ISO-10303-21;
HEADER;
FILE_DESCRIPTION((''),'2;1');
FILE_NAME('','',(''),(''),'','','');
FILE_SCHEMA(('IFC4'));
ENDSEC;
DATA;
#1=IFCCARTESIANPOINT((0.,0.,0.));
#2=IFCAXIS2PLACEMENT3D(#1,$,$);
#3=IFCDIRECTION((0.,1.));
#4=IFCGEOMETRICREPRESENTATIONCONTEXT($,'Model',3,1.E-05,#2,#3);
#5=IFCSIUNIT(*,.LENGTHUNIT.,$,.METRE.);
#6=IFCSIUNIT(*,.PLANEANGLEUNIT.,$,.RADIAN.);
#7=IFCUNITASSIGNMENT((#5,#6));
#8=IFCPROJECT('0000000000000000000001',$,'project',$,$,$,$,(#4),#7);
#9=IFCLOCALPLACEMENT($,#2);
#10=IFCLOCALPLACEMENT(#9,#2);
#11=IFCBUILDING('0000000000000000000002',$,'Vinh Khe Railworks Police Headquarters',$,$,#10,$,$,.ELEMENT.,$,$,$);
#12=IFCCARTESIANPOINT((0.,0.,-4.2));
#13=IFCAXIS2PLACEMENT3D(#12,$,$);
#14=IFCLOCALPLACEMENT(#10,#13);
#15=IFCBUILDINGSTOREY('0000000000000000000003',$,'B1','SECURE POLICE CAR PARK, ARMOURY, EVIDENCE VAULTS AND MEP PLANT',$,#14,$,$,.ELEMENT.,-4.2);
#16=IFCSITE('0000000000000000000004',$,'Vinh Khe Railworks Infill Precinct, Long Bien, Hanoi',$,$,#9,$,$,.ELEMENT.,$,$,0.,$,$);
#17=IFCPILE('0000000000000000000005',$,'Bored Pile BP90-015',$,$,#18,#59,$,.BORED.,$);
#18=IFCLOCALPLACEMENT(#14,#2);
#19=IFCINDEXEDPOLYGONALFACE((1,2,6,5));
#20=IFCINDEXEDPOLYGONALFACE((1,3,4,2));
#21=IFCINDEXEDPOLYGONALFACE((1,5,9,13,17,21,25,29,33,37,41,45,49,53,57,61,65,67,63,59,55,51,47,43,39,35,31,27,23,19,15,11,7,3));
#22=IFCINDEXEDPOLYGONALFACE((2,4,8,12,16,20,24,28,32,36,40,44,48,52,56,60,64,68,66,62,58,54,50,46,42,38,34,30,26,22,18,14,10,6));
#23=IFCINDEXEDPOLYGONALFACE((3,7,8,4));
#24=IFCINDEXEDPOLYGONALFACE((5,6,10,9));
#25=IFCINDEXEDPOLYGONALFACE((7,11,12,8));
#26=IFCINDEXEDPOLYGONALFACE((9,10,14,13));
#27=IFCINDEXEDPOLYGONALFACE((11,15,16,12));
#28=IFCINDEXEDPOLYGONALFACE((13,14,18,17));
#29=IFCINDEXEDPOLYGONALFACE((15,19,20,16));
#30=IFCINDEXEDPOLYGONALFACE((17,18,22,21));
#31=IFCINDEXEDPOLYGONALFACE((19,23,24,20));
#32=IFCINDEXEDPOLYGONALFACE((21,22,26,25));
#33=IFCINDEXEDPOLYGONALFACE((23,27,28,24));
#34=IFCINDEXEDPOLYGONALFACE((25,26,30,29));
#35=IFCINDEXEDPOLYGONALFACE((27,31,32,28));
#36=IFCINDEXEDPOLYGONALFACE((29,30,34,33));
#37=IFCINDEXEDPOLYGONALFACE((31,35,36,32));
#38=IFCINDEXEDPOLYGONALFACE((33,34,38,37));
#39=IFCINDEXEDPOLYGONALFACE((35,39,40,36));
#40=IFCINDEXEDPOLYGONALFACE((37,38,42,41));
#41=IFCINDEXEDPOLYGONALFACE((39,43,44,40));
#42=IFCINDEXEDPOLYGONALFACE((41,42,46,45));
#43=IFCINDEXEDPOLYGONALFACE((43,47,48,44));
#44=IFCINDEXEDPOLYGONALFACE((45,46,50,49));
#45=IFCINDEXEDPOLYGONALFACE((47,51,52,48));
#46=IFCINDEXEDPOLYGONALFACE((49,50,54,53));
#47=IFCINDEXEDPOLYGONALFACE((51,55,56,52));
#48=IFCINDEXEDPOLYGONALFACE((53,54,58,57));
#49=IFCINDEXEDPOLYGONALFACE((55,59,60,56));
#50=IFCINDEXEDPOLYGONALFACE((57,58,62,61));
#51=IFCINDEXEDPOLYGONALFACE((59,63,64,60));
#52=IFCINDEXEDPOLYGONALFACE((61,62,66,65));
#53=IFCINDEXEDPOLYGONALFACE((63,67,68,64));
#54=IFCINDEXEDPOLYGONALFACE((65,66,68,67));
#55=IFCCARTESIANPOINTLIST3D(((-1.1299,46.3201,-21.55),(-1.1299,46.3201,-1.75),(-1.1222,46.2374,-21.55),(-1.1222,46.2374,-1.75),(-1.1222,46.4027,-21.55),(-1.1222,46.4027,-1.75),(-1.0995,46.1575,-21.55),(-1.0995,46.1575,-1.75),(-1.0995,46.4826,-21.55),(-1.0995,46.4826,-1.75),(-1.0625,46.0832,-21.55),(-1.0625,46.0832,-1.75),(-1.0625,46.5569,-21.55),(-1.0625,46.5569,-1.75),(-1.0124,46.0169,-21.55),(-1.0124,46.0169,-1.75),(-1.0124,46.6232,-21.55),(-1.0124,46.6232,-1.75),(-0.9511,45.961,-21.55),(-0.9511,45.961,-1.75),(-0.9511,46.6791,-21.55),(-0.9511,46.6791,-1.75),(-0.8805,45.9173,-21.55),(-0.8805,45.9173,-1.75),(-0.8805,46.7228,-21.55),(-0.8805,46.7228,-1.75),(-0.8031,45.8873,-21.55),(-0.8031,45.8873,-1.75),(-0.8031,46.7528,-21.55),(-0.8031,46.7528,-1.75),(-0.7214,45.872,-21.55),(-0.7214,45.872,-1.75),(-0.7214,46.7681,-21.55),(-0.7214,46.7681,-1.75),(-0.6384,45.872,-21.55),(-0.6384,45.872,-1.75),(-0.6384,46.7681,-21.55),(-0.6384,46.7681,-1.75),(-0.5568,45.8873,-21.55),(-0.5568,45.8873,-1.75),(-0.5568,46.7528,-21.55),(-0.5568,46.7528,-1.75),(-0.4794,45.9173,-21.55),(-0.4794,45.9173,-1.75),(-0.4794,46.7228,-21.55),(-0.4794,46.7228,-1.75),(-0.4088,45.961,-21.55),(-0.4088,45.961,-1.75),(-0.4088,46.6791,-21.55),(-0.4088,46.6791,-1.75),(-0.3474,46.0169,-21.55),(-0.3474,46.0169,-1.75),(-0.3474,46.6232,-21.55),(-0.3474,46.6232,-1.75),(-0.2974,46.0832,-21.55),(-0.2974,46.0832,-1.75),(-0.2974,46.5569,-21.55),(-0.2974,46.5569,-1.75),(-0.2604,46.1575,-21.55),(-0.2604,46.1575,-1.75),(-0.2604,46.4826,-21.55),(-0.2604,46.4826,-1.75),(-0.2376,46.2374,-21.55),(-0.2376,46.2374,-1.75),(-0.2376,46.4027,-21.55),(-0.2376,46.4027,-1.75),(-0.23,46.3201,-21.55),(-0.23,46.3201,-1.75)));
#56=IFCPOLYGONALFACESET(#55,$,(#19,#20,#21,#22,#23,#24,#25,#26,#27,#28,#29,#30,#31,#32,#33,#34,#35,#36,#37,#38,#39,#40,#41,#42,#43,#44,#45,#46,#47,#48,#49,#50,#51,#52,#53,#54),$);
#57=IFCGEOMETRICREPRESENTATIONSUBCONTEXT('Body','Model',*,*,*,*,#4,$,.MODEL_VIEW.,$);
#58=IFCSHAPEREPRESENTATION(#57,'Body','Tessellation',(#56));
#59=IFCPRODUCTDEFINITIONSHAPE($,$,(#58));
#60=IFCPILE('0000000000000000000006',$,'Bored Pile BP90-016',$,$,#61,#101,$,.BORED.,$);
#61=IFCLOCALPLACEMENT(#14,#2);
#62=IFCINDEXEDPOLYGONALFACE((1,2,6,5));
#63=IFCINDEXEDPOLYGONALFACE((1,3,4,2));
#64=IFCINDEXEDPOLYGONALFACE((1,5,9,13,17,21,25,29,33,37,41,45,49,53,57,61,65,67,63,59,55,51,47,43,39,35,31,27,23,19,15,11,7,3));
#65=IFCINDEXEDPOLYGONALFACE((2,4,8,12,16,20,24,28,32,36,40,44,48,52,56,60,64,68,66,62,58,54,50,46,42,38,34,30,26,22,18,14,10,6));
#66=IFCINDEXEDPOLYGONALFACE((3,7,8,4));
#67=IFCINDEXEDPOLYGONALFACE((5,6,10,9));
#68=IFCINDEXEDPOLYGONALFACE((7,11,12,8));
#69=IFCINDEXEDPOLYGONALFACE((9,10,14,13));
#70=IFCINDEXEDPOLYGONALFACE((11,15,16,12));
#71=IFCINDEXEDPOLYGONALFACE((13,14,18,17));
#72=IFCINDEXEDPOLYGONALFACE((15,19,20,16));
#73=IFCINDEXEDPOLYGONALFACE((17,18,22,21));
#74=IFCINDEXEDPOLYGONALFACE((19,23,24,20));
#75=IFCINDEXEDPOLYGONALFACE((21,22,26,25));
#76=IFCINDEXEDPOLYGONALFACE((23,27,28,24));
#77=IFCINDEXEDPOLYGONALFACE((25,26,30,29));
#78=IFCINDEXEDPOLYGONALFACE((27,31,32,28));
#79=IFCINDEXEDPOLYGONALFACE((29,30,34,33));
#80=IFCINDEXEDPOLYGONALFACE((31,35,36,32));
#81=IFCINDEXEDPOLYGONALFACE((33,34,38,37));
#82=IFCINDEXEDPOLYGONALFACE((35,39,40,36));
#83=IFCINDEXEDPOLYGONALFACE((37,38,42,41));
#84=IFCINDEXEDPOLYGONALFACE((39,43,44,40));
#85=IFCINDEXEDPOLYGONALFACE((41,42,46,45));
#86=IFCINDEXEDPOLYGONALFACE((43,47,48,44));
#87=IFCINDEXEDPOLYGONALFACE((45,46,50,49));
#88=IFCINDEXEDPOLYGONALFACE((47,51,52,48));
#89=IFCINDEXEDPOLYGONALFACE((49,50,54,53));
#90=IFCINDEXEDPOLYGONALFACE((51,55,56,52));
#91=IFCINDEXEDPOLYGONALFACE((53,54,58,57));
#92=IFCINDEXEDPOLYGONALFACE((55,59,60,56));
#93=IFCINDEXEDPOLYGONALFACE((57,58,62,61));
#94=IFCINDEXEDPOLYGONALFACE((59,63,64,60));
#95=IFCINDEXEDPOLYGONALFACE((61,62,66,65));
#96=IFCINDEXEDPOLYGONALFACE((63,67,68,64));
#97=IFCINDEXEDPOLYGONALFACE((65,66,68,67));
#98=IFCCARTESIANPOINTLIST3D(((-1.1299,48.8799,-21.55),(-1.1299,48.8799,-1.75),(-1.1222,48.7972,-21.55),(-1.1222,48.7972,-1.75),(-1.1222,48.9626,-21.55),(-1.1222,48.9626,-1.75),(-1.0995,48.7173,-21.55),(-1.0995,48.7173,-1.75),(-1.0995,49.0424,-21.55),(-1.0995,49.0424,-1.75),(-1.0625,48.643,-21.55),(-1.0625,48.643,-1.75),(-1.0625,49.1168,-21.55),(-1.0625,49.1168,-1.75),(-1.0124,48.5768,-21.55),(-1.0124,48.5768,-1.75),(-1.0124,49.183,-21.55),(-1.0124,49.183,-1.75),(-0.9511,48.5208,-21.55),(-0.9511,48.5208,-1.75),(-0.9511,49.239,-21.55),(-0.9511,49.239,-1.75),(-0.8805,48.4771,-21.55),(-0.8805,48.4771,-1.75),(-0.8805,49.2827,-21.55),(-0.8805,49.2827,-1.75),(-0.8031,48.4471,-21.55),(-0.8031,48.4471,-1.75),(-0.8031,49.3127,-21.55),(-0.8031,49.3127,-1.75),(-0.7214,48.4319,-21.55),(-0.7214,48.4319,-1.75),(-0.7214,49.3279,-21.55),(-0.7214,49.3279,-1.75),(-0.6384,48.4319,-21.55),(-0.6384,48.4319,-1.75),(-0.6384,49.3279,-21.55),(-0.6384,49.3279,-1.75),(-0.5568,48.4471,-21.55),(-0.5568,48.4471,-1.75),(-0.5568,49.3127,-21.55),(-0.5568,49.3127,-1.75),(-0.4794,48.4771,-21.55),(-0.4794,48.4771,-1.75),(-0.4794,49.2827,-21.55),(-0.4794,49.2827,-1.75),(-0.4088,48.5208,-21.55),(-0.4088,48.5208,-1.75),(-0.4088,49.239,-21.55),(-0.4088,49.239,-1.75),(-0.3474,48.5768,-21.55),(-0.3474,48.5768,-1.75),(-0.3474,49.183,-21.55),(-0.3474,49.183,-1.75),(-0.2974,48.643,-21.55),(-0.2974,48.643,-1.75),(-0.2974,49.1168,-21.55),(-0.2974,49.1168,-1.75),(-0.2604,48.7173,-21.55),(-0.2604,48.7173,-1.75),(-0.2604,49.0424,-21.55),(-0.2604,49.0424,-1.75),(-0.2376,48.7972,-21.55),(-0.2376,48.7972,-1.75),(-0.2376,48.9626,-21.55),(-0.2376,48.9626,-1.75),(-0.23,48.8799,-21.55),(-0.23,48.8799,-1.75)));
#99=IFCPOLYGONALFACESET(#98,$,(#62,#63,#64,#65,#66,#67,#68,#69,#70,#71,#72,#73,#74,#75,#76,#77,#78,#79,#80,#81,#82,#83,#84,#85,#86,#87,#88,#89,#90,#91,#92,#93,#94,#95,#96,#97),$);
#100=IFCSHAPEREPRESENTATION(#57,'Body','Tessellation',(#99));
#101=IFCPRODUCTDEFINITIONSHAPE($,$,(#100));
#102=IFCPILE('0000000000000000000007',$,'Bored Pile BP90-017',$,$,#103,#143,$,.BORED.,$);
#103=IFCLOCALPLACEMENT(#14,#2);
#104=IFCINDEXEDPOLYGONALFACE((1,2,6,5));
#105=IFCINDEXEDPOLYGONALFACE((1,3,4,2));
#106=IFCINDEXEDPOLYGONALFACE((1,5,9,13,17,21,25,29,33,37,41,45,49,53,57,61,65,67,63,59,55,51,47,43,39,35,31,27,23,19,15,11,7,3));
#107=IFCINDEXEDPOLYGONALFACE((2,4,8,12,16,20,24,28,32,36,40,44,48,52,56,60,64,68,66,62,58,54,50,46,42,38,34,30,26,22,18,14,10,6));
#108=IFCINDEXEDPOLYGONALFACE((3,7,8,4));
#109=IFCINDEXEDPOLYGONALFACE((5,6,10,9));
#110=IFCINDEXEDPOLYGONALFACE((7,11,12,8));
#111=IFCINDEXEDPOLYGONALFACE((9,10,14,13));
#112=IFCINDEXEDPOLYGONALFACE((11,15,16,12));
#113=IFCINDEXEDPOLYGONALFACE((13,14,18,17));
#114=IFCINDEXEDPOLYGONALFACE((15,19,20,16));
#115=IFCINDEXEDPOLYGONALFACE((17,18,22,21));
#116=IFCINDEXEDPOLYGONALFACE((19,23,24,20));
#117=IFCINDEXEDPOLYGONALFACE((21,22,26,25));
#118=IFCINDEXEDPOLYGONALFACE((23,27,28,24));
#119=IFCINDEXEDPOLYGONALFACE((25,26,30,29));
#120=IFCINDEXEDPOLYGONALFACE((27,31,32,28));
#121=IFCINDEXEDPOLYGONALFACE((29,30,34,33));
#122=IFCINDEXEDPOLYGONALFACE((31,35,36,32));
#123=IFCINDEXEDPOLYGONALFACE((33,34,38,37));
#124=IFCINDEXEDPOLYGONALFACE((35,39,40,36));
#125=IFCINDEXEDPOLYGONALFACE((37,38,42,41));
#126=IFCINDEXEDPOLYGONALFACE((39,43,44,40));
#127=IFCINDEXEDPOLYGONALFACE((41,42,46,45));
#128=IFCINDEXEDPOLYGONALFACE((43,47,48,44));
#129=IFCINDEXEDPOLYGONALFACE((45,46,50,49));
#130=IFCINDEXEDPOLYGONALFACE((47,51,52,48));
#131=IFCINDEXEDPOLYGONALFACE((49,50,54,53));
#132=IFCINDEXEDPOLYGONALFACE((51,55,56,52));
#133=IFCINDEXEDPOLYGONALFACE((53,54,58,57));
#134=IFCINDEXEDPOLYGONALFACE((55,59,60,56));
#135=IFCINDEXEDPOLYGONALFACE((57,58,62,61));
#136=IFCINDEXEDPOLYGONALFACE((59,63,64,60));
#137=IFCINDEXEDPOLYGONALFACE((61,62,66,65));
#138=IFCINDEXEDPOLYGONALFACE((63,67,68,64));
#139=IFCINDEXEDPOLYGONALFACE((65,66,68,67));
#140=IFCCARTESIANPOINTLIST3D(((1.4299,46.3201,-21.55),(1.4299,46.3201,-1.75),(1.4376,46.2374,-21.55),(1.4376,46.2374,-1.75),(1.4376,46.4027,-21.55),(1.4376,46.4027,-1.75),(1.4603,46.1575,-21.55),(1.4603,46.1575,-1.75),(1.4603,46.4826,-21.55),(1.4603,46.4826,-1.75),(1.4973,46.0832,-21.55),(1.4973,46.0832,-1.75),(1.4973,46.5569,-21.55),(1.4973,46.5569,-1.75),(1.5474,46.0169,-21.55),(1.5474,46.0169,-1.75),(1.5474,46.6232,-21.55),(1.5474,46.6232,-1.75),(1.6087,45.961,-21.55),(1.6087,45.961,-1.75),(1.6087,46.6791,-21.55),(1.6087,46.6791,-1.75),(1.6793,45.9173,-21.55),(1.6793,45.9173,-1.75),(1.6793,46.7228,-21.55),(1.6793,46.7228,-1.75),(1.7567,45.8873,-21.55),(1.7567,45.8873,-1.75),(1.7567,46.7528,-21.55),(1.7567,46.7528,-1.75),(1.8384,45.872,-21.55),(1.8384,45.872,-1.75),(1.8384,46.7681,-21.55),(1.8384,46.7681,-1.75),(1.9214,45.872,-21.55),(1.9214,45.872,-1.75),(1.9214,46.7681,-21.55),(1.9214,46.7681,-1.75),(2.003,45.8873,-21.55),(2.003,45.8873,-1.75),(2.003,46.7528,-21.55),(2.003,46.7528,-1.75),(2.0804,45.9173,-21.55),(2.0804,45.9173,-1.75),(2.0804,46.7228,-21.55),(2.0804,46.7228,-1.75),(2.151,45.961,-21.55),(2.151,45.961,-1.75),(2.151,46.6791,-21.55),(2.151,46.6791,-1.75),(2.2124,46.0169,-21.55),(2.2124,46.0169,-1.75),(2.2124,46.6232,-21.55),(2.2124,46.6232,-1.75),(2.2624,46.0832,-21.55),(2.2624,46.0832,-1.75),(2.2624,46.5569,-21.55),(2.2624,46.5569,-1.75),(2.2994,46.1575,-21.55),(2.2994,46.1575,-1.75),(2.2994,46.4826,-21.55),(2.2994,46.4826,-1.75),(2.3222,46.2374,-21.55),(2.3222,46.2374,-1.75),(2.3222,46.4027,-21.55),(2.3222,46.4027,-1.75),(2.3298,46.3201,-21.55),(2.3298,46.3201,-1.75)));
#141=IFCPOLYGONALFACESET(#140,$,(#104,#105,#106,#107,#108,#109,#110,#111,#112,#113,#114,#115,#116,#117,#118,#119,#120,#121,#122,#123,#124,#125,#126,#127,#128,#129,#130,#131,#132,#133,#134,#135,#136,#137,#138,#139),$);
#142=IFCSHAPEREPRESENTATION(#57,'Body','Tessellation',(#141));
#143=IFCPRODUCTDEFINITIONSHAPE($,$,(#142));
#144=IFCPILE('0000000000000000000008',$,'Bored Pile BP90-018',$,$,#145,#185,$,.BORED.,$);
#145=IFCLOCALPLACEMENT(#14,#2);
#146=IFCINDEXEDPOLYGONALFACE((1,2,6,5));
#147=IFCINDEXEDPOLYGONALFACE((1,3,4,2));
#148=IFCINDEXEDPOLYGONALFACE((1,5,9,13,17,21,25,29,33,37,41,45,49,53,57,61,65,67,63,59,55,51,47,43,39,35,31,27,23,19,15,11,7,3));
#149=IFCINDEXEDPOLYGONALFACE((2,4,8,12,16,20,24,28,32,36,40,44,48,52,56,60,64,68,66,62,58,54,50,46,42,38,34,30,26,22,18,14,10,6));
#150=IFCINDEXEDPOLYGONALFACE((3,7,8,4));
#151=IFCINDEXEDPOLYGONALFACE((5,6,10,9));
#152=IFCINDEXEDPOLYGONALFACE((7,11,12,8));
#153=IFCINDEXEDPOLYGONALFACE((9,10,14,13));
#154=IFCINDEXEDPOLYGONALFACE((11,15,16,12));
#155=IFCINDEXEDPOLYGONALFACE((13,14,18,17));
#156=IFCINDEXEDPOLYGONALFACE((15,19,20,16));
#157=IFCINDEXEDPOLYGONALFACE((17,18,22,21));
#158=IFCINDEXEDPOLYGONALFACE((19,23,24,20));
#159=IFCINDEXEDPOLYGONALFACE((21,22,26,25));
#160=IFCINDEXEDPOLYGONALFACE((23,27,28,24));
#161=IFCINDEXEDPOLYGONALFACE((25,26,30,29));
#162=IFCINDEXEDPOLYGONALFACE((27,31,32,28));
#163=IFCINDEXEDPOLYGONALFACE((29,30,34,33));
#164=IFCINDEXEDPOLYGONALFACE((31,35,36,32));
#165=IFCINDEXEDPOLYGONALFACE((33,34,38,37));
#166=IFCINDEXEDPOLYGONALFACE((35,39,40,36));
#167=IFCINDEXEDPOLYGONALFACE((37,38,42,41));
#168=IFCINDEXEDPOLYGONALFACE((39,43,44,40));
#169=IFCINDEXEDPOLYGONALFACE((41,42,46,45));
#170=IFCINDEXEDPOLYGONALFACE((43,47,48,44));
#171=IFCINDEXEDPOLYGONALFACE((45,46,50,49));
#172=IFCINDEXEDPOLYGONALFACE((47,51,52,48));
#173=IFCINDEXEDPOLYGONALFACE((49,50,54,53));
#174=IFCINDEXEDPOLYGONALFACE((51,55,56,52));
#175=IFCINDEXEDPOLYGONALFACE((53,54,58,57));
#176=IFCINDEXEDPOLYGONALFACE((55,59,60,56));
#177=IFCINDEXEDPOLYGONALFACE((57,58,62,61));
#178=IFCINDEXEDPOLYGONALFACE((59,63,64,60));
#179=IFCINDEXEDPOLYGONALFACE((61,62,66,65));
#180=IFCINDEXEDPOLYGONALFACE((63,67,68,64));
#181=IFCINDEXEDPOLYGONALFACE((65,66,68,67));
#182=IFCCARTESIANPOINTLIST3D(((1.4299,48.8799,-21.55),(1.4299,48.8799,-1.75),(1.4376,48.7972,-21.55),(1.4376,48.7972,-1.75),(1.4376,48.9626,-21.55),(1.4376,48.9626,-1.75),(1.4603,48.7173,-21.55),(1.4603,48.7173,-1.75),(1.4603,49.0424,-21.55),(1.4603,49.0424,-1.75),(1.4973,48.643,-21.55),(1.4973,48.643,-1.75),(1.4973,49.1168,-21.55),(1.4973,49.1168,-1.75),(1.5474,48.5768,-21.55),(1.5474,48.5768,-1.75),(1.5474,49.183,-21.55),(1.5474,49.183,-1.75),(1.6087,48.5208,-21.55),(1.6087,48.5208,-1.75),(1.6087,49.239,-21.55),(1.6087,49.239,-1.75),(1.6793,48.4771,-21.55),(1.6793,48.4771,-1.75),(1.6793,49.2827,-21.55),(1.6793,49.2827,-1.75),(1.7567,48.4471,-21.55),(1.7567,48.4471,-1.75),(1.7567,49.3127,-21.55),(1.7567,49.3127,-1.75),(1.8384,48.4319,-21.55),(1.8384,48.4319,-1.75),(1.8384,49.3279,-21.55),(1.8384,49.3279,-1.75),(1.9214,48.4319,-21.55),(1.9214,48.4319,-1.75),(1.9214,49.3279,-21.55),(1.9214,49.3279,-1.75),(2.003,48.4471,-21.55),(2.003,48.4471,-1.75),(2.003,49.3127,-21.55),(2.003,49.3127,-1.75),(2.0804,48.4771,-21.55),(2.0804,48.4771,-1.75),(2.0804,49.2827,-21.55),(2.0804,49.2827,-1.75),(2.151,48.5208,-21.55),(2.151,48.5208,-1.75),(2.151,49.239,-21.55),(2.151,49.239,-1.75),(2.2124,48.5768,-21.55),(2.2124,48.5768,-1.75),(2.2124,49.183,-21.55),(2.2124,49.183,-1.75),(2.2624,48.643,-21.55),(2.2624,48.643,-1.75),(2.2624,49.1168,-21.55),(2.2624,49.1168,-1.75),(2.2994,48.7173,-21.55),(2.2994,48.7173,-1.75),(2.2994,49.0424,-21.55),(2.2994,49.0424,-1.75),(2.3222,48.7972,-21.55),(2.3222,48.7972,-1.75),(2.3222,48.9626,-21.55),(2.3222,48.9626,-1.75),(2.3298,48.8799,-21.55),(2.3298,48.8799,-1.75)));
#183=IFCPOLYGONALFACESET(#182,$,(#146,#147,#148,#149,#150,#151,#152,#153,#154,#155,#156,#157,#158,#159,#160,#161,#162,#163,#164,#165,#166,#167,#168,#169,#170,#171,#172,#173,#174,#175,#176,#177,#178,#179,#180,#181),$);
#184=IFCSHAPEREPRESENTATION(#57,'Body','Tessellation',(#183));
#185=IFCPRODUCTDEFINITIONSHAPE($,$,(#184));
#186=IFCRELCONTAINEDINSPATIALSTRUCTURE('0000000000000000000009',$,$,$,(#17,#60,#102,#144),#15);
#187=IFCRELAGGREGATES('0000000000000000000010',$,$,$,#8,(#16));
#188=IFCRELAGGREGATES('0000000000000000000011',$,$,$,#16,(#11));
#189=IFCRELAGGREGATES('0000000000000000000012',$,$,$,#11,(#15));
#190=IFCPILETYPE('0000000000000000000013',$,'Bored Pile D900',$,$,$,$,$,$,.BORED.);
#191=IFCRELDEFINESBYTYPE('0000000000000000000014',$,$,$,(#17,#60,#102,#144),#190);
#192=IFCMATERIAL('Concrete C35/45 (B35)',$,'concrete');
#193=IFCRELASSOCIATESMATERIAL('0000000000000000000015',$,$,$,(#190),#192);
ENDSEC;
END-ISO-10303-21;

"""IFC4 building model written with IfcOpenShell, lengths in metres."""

from ifc_helpers import new_model, si_unit, direction, frame, origin, origin_2d, place, context, subcontext, project, spatial, circle, extrude, material, material_profile, profile_set, type_object, element, save


model = new_model("IFC4")

# Units and contexts
model_context = context("Model", 3, precision=1e-05, world=origin(), true_north=direction((0.0, 1.0)))
body_context = subcontext(model_context, "Body", "Model", "MODEL_VIEW")
ifc_project = project(units=[si_unit("LENGTHUNIT", "METRE"), si_unit("PLANEANGLEUNIT", "RADIAN")], contexts=[model_context])

# Site, building, storey
site_placement = place(None, origin())
site = spatial("IfcSite", under=ifc_project, at=site_placement, Name="Vinh Khe Railworks Infill Precinct, Long Bien, Hanoi", CompositionType="ELEMENT", RefElevation=0.0)
building_placement = place(site_placement, origin())
building = spatial("IfcBuilding", under=site, at=building_placement, Name="Vinh Khe Railworks Police Headquarters", CompositionType="ELEMENT")
storey_placement = place(building_placement, frame((0.0, 0.0, -4.2)))
storey = spatial("IfcBuildingStorey", under=building, at=storey_placement, Name="B1", Description="SECURE POLICE CAR PARK, ARMOURY, EVIDENCE VAULTS AND MEP PLANT", CompositionType="ELEMENT", Elevation=-4.2)

# Piles
ifc_material_1 = material(Name="Concrete C35/45 (B35)", Category="concrete")
ifc_material_profile_1 = material_profile(ifc_material_1, circle(Radius=0.45, at=origin_2d()), Name="BORED PILE D900")
ifc_profile_set_1 = profile_set([ifc_material_profile_1], Name="Concrete C35/45 (B35)")
pile_type_1 = type_object("IfcPileType", Name="Bored Pile D900", PredefinedType="BORED", material=ifc_profile_set_1)
for number, where, z_axis, x_axis, name in (
    (1, (-0.6799, 46.3201, -1.75), (0.0, 0.0, -1.0), (1.0, 0.0, 0.0), "Bored Pile BP90-015"),
    (2, (-0.6799, 48.8799, -1.75), (0.0, 0.0, -1.0), (1.0, 0.0, 0.0), "Bored Pile BP90-016"),
    (3, (1.8799, 46.3201, -1.75), (0.0, 0.0, -1.0), (1.0, 0.0, 0.0), "Bored Pile BP90-017"),
    (4, (1.8799, 48.8799, -1.75), (0.0, 0.0, -1.0), (1.0, 0.0, 0.0), "Bored Pile BP90-018"),
):
    element("IfcPile", number, at=place(storey_placement, frame(where, z_axis=z_axis, x_axis=x_axis)), inside=storey, type_object=pile_type_1, Name=name, PredefinedType="BORED", context=body_context, shape_type="SweptSolid", body=[
        extrude(circle(Radius=0.45, at=origin_2d()), origin(), (0.0, 0.0, 1.0), 19.8),
    ])

save(model, "model.ifc")
